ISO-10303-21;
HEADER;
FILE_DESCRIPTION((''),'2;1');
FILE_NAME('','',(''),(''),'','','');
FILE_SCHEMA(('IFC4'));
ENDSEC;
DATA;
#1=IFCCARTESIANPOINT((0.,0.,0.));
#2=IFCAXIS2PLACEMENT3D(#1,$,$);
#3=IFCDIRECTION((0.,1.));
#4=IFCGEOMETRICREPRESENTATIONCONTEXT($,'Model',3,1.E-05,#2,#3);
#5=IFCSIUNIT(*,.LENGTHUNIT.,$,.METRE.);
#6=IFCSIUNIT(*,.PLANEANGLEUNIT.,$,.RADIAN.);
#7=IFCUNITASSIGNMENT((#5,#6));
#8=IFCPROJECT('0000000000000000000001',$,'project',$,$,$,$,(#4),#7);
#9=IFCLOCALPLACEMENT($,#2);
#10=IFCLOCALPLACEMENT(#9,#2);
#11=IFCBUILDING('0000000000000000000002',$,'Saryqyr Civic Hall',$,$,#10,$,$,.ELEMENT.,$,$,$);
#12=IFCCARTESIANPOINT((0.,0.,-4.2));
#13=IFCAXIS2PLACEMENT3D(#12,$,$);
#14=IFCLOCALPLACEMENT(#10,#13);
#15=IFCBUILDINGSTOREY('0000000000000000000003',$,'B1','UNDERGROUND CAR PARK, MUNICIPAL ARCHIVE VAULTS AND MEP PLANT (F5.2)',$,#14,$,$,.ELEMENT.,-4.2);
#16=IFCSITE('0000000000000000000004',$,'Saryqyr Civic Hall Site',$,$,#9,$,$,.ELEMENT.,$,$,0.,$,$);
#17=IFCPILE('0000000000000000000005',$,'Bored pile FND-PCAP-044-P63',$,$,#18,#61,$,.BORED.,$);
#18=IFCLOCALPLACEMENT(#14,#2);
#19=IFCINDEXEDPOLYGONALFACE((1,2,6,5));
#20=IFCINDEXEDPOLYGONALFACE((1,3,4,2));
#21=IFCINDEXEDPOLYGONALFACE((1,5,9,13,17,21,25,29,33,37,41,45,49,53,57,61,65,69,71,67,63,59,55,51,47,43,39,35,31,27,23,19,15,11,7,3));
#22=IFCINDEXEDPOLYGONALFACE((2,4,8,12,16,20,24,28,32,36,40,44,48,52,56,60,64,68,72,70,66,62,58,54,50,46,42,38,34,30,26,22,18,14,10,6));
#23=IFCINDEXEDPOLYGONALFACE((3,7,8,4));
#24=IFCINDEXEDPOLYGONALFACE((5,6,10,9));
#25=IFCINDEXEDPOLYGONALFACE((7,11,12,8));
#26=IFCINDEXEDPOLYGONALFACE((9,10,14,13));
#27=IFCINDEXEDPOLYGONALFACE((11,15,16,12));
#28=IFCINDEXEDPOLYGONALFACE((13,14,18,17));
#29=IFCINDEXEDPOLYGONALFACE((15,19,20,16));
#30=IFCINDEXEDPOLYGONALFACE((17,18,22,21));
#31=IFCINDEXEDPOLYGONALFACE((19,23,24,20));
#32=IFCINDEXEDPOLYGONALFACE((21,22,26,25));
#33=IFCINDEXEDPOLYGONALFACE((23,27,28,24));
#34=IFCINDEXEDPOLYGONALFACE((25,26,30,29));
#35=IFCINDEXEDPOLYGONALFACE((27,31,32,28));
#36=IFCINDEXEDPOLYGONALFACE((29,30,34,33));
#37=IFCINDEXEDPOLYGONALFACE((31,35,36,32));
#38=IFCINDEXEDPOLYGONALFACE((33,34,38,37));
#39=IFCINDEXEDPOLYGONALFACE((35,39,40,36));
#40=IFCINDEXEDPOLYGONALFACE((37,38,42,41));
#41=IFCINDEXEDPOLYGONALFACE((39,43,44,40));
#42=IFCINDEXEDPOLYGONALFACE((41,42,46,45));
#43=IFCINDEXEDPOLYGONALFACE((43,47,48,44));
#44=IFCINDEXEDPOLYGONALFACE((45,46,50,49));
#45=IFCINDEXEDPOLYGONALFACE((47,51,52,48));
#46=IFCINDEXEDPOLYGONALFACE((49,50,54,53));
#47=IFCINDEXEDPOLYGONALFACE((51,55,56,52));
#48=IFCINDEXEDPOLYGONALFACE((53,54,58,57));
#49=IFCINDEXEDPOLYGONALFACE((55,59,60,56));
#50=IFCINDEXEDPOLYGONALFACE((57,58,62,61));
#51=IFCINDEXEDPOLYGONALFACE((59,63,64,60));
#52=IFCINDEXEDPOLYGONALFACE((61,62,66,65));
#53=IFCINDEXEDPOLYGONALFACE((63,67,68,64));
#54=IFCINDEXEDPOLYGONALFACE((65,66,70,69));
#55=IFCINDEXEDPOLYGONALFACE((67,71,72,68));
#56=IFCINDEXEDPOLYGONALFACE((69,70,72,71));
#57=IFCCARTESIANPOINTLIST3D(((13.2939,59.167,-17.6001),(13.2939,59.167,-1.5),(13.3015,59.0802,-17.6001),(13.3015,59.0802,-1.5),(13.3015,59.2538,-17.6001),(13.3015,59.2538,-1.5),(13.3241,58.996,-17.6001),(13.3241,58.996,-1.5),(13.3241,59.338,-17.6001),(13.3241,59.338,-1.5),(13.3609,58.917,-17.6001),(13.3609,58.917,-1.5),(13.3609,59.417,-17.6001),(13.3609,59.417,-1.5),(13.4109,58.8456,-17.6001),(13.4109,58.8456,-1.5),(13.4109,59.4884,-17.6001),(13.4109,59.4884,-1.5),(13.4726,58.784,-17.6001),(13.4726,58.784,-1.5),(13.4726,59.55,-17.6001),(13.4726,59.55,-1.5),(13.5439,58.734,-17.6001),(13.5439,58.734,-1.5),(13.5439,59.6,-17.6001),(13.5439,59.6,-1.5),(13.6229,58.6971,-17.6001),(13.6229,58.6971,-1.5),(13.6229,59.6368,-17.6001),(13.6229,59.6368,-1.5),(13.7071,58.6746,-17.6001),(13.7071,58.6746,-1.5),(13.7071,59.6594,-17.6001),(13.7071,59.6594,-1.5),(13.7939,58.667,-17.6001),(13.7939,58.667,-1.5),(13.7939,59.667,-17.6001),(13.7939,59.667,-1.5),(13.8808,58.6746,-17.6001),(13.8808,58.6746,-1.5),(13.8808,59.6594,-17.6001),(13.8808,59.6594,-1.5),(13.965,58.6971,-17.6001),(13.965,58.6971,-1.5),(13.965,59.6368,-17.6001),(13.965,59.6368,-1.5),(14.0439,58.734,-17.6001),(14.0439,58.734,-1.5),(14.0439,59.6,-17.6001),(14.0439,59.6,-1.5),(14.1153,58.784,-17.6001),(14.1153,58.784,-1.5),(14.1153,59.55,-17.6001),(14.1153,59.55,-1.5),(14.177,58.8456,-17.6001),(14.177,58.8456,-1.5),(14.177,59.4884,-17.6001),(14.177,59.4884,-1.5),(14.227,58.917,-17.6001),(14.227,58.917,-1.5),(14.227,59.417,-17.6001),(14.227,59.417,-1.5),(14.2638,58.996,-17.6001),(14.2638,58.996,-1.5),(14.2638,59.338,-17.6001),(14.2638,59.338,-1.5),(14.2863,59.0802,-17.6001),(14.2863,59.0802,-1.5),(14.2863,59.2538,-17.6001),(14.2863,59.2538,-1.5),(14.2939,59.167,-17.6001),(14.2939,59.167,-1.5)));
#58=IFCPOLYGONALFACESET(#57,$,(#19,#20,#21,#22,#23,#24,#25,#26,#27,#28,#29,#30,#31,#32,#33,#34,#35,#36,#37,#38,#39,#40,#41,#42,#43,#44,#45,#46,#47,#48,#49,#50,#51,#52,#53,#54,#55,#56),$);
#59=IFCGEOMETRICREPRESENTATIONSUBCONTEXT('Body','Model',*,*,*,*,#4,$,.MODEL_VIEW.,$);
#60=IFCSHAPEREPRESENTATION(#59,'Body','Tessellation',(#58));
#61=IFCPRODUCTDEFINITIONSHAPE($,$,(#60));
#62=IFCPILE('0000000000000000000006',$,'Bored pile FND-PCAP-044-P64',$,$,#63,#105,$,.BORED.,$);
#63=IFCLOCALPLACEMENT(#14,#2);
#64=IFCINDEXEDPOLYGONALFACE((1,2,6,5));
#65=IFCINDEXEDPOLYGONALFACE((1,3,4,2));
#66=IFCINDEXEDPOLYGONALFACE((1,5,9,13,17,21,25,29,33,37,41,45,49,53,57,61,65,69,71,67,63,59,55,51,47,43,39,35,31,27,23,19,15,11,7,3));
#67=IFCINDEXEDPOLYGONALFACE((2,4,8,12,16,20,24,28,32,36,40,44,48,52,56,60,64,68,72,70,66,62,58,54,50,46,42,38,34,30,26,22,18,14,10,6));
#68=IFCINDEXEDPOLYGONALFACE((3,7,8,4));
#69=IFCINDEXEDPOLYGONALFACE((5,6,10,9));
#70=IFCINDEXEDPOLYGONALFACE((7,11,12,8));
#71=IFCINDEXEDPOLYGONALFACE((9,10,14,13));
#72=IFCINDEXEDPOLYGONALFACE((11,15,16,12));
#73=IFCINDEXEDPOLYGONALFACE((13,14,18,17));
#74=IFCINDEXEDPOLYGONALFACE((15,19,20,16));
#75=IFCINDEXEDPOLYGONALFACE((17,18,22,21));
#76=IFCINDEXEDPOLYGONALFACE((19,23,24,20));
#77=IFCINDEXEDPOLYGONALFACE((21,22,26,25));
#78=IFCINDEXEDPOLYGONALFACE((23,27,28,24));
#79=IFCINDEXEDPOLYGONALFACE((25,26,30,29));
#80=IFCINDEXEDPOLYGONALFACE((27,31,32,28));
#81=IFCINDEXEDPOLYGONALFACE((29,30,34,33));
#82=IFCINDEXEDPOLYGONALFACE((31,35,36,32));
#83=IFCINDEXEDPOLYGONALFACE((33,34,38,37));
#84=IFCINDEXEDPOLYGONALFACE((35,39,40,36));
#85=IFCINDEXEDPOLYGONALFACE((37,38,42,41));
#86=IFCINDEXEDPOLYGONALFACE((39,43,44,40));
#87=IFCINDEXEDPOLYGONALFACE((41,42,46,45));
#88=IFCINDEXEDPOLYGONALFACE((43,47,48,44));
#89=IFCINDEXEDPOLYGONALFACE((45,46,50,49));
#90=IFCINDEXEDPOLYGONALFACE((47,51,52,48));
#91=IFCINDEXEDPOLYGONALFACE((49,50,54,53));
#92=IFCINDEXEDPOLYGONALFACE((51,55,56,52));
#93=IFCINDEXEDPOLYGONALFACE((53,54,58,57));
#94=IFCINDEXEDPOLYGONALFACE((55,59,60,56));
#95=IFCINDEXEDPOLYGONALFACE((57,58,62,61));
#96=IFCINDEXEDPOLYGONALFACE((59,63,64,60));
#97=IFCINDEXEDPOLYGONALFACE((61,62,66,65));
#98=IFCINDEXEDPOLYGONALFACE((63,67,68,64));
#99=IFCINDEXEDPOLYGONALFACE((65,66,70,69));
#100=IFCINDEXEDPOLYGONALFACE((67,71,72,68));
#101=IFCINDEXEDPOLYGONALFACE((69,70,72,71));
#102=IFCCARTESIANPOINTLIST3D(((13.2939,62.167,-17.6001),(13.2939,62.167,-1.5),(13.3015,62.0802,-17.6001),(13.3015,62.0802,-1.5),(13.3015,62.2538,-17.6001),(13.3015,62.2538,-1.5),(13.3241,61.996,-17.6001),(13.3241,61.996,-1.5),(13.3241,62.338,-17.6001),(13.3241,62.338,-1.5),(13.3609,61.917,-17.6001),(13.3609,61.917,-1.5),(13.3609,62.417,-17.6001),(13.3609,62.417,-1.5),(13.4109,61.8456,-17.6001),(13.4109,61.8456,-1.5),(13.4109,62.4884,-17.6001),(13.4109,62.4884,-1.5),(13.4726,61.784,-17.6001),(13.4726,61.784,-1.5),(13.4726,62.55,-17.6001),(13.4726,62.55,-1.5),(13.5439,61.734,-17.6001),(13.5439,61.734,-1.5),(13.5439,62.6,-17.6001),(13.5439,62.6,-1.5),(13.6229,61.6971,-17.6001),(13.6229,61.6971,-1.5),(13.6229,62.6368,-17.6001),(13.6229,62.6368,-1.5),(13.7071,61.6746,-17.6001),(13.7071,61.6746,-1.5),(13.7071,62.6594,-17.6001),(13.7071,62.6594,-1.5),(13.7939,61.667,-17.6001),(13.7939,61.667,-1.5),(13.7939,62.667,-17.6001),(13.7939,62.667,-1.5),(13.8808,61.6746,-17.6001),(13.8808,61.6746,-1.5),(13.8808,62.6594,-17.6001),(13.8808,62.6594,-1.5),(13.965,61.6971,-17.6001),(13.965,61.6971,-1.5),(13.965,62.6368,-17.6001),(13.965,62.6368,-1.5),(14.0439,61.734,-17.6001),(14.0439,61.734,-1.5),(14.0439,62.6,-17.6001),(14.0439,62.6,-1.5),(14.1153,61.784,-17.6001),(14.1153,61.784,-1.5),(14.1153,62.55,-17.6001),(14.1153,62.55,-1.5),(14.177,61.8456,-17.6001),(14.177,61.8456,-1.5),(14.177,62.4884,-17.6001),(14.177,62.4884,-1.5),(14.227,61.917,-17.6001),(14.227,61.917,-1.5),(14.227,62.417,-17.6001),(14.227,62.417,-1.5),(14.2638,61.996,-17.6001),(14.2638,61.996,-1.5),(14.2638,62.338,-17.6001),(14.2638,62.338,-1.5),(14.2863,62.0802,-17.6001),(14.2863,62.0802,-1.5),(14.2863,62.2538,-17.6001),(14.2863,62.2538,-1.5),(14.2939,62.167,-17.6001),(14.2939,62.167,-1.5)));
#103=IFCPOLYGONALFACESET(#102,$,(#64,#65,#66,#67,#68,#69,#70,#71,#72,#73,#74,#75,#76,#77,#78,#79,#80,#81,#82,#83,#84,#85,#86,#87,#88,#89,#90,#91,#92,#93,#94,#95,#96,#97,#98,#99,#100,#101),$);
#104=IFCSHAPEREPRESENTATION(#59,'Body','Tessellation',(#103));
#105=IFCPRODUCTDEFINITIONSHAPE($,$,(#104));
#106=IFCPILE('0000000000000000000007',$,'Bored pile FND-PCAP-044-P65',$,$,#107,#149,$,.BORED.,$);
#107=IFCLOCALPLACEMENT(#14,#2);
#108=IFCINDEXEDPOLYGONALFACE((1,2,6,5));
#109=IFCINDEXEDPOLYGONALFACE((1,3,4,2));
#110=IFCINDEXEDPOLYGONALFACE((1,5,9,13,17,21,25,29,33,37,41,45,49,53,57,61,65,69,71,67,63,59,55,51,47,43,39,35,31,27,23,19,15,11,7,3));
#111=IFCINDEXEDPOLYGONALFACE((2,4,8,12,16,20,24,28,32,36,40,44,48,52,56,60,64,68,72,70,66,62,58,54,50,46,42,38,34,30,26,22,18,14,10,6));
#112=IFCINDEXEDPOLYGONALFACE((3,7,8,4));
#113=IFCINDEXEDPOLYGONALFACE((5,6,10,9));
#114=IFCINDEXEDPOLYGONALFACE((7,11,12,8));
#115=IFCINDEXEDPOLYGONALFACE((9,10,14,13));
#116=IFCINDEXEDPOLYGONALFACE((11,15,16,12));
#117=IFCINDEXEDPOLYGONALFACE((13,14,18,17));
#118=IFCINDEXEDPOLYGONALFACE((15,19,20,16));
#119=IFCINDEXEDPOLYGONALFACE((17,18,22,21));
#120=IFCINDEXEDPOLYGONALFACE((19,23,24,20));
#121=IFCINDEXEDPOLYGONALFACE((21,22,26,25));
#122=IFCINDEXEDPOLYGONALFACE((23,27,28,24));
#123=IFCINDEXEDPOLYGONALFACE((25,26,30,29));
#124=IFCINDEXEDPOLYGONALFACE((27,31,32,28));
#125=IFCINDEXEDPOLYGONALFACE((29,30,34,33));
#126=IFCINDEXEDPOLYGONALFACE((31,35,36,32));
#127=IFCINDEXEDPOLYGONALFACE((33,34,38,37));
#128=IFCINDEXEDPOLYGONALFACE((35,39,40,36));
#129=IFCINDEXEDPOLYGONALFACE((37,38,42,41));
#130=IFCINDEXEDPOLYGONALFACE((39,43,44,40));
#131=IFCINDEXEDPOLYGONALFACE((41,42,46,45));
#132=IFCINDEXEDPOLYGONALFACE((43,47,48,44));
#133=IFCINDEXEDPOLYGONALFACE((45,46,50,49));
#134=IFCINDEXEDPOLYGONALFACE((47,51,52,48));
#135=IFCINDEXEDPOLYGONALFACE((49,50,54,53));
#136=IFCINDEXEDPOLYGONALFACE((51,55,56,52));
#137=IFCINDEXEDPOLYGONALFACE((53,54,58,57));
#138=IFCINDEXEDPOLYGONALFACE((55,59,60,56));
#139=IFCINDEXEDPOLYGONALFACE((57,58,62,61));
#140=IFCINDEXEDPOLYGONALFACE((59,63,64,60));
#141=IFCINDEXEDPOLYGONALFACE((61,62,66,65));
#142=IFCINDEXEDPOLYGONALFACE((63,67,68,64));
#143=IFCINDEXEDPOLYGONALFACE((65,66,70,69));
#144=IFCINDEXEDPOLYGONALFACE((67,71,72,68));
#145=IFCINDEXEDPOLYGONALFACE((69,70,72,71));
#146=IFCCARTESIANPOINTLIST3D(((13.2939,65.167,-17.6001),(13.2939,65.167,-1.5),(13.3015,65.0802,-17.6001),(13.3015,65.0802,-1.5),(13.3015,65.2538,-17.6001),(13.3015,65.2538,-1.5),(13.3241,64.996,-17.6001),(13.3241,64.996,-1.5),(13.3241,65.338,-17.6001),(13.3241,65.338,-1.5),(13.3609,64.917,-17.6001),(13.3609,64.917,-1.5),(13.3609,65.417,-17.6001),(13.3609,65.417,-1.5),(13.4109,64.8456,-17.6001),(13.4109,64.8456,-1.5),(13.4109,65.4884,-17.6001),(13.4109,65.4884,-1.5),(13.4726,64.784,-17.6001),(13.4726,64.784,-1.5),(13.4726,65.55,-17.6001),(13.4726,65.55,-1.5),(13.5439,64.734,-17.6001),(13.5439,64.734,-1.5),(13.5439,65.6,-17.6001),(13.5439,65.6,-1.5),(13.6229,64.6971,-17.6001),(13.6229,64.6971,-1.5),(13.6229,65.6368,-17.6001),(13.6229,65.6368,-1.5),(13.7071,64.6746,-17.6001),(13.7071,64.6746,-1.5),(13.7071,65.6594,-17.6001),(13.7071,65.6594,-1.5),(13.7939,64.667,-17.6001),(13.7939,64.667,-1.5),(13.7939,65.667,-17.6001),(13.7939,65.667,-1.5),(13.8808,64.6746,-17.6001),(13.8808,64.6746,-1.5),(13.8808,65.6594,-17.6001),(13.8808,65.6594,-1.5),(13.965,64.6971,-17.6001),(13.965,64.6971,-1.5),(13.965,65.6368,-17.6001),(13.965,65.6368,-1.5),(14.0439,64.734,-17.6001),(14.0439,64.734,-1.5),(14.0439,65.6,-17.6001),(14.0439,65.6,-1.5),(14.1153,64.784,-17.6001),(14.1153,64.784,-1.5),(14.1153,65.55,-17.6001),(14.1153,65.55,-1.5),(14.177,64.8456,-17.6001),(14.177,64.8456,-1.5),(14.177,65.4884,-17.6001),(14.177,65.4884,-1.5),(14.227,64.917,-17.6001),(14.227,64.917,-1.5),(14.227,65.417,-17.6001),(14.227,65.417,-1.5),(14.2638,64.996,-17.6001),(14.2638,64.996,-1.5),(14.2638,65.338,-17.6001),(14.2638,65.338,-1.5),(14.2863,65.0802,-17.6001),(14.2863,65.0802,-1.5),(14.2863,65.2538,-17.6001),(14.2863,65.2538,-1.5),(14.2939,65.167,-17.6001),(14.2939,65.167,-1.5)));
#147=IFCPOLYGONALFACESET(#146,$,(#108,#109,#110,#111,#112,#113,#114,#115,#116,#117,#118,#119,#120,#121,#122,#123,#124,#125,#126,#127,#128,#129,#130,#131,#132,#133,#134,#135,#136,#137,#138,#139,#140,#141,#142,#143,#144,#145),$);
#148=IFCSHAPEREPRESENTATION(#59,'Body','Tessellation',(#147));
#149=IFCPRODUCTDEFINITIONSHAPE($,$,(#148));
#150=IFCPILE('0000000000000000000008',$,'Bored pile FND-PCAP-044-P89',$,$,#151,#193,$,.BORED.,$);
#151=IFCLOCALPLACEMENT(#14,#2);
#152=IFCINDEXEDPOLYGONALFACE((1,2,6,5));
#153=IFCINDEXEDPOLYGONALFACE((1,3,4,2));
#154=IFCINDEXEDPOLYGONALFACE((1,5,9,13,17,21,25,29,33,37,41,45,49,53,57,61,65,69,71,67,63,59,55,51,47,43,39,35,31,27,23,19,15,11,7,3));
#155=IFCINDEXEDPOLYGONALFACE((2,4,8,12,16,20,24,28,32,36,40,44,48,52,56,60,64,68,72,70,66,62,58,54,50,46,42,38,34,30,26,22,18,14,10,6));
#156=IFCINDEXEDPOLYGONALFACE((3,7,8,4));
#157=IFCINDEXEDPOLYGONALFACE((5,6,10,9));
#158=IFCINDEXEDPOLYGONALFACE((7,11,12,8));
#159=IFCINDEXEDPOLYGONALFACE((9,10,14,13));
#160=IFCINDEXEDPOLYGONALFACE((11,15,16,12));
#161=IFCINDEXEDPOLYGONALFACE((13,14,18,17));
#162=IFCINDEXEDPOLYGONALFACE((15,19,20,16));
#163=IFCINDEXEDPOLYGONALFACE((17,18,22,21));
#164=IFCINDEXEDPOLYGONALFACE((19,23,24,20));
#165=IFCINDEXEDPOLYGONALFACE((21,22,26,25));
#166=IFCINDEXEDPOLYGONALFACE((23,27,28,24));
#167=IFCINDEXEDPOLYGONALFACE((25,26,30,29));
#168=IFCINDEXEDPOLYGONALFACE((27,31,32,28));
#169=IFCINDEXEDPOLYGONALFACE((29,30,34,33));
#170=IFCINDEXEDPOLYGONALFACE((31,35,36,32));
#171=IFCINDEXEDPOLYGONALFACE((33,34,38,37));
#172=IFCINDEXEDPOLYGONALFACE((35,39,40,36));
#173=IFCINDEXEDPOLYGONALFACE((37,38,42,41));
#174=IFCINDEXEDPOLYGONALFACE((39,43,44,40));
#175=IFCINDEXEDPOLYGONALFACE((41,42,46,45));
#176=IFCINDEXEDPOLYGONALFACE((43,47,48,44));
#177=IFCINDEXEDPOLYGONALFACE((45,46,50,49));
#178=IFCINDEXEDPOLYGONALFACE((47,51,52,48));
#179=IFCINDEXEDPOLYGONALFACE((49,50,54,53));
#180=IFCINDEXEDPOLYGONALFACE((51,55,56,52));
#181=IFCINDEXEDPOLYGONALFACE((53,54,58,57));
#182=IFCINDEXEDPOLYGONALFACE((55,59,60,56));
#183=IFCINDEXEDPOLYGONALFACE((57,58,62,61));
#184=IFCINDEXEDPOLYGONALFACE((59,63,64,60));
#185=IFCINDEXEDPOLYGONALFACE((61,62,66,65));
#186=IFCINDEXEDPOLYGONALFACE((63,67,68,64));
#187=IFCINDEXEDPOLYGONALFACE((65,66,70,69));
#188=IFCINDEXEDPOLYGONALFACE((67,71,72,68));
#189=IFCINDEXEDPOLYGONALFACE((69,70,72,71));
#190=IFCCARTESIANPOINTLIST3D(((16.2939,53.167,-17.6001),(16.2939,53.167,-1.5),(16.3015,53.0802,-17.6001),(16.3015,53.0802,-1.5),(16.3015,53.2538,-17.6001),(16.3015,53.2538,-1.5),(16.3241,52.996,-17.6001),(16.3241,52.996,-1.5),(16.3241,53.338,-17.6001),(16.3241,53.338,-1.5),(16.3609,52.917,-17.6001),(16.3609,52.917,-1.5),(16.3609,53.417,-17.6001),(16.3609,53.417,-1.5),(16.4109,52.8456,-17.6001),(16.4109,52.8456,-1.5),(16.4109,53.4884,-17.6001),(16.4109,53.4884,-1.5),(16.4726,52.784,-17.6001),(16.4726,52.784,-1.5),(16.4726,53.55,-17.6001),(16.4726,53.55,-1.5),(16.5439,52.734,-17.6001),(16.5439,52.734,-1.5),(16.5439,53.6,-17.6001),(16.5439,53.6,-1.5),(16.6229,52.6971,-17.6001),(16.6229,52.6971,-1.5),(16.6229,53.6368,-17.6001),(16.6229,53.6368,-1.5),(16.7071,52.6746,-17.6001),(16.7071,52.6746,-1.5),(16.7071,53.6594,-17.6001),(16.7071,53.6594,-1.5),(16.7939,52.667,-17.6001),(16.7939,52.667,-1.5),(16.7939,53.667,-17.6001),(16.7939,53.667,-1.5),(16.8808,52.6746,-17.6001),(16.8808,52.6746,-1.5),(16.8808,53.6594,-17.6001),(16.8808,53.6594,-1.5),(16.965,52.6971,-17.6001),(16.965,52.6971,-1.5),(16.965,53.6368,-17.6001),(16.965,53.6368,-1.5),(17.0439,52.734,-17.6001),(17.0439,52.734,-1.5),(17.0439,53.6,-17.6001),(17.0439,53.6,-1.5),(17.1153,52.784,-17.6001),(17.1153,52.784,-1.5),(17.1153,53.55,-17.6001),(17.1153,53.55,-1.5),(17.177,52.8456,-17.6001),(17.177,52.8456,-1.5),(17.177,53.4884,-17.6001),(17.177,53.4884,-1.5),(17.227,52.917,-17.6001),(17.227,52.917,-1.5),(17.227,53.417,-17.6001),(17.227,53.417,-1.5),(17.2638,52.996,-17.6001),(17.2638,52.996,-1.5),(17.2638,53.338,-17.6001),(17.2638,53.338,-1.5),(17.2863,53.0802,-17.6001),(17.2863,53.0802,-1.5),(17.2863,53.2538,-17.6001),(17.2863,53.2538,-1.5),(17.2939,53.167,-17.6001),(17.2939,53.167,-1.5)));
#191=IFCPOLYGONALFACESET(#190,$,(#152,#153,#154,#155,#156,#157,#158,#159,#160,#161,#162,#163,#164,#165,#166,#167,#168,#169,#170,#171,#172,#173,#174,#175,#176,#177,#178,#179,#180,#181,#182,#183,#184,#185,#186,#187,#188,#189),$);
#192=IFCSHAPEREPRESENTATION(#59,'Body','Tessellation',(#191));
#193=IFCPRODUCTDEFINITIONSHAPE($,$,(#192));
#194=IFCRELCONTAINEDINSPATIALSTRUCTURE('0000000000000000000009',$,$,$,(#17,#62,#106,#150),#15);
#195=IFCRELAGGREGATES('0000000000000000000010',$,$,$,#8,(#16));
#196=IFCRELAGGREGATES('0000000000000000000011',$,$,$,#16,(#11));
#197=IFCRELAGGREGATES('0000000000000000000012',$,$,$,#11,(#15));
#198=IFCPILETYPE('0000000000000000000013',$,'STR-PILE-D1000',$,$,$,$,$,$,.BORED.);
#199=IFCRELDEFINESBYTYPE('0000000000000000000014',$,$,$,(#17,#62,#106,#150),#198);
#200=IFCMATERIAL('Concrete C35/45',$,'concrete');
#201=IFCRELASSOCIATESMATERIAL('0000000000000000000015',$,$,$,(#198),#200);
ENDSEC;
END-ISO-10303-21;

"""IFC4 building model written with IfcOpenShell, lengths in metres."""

from ifc_helpers import new_model, si_unit, direction, frame, origin, origin_2d, place, context, subcontext, project, spatial, circle, extrude, material, material_profile, profile_set, type_object, element, save


model = new_model("IFC4")

# Units and contexts
model_context = context("Model", 3, precision=1e-05, world=origin(), true_north=direction((0.0, 1.0)))
body_context = subcontext(model_context, "Body", "Model", "MODEL_VIEW")
ifc_project = project(units=[si_unit("LENGTHUNIT", "METRE"), si_unit("PLANEANGLEUNIT", "RADIAN")], contexts=[model_context])

# Site, building, storey
site_placement = place(None, origin())
site = spatial("IfcSite", under=ifc_project, at=site_placement, Name="Saryqyr Civic Hall Site", CompositionType="ELEMENT", RefElevation=0.0)
building_placement = place(site_placement, origin())
building = spatial("IfcBuilding", under=site, at=building_placement, Name="Saryqyr Civic Hall", CompositionType="ELEMENT")
storey_placement = place(building_placement, frame((0.0, 0.0, -4.2)))
storey = spatial("IfcBuildingStorey", under=building, at=storey_placement, Name="B1", Description="UNDERGROUND CAR PARK, MUNICIPAL ARCHIVE VAULTS AND MEP PLANT (F5.2)", CompositionType="ELEMENT", Elevation=-4.2)

# Piles
ifc_material_1 = material(Name="Concrete C35/45", Category="concrete")
ifc_material_profile_1 = material_profile(ifc_material_1, circle(Radius=0.5, at=origin_2d()), Name="BORED PILE D1000")
ifc_profile_set_1 = profile_set([ifc_material_profile_1], Name="Concrete C35/45")
pile_type = type_object("IfcPileType", Name="STR-PILE-D1000", PredefinedType="BORED", material=ifc_profile_set_1)
for number, where, z_axis, x_axis, name in (
    (1, (13.7939, 59.167, -1.5), (0.0, 0.0, -1.0), (1.0, 0.0, 0.0), "Bored pile FND-PCAP-044-P63"),
    (2, (13.7939, 62.167, -1.5), (0.0, 0.0, -1.0), (1.0, 0.0, 0.0), "Bored pile FND-PCAP-044-P64"),
    (3, (13.7939, 65.167, -1.5), (0.0, 0.0, -1.0), (1.0, 0.0, 0.0), "Bored pile FND-PCAP-044-P65"),
    (4, (16.7939, 53.167, -1.5), (0.0, 0.0, -1.0), (1.0, 0.0, 0.0), "Bored pile FND-PCAP-044-P89"),
):
    element("IfcPile", number, at=place(storey_placement, frame(where, z_axis=z_axis, x_axis=x_axis)), inside=storey, type_object=pile_type, Name=name, PredefinedType="BORED", context=body_context, shape_type="SweptSolid", body=[
        extrude(circle(Radius=0.5, at=origin_2d()), origin(), (0.0, 0.0, 1.0), 16.1001),
    ])

save(model, "model.ifc")
